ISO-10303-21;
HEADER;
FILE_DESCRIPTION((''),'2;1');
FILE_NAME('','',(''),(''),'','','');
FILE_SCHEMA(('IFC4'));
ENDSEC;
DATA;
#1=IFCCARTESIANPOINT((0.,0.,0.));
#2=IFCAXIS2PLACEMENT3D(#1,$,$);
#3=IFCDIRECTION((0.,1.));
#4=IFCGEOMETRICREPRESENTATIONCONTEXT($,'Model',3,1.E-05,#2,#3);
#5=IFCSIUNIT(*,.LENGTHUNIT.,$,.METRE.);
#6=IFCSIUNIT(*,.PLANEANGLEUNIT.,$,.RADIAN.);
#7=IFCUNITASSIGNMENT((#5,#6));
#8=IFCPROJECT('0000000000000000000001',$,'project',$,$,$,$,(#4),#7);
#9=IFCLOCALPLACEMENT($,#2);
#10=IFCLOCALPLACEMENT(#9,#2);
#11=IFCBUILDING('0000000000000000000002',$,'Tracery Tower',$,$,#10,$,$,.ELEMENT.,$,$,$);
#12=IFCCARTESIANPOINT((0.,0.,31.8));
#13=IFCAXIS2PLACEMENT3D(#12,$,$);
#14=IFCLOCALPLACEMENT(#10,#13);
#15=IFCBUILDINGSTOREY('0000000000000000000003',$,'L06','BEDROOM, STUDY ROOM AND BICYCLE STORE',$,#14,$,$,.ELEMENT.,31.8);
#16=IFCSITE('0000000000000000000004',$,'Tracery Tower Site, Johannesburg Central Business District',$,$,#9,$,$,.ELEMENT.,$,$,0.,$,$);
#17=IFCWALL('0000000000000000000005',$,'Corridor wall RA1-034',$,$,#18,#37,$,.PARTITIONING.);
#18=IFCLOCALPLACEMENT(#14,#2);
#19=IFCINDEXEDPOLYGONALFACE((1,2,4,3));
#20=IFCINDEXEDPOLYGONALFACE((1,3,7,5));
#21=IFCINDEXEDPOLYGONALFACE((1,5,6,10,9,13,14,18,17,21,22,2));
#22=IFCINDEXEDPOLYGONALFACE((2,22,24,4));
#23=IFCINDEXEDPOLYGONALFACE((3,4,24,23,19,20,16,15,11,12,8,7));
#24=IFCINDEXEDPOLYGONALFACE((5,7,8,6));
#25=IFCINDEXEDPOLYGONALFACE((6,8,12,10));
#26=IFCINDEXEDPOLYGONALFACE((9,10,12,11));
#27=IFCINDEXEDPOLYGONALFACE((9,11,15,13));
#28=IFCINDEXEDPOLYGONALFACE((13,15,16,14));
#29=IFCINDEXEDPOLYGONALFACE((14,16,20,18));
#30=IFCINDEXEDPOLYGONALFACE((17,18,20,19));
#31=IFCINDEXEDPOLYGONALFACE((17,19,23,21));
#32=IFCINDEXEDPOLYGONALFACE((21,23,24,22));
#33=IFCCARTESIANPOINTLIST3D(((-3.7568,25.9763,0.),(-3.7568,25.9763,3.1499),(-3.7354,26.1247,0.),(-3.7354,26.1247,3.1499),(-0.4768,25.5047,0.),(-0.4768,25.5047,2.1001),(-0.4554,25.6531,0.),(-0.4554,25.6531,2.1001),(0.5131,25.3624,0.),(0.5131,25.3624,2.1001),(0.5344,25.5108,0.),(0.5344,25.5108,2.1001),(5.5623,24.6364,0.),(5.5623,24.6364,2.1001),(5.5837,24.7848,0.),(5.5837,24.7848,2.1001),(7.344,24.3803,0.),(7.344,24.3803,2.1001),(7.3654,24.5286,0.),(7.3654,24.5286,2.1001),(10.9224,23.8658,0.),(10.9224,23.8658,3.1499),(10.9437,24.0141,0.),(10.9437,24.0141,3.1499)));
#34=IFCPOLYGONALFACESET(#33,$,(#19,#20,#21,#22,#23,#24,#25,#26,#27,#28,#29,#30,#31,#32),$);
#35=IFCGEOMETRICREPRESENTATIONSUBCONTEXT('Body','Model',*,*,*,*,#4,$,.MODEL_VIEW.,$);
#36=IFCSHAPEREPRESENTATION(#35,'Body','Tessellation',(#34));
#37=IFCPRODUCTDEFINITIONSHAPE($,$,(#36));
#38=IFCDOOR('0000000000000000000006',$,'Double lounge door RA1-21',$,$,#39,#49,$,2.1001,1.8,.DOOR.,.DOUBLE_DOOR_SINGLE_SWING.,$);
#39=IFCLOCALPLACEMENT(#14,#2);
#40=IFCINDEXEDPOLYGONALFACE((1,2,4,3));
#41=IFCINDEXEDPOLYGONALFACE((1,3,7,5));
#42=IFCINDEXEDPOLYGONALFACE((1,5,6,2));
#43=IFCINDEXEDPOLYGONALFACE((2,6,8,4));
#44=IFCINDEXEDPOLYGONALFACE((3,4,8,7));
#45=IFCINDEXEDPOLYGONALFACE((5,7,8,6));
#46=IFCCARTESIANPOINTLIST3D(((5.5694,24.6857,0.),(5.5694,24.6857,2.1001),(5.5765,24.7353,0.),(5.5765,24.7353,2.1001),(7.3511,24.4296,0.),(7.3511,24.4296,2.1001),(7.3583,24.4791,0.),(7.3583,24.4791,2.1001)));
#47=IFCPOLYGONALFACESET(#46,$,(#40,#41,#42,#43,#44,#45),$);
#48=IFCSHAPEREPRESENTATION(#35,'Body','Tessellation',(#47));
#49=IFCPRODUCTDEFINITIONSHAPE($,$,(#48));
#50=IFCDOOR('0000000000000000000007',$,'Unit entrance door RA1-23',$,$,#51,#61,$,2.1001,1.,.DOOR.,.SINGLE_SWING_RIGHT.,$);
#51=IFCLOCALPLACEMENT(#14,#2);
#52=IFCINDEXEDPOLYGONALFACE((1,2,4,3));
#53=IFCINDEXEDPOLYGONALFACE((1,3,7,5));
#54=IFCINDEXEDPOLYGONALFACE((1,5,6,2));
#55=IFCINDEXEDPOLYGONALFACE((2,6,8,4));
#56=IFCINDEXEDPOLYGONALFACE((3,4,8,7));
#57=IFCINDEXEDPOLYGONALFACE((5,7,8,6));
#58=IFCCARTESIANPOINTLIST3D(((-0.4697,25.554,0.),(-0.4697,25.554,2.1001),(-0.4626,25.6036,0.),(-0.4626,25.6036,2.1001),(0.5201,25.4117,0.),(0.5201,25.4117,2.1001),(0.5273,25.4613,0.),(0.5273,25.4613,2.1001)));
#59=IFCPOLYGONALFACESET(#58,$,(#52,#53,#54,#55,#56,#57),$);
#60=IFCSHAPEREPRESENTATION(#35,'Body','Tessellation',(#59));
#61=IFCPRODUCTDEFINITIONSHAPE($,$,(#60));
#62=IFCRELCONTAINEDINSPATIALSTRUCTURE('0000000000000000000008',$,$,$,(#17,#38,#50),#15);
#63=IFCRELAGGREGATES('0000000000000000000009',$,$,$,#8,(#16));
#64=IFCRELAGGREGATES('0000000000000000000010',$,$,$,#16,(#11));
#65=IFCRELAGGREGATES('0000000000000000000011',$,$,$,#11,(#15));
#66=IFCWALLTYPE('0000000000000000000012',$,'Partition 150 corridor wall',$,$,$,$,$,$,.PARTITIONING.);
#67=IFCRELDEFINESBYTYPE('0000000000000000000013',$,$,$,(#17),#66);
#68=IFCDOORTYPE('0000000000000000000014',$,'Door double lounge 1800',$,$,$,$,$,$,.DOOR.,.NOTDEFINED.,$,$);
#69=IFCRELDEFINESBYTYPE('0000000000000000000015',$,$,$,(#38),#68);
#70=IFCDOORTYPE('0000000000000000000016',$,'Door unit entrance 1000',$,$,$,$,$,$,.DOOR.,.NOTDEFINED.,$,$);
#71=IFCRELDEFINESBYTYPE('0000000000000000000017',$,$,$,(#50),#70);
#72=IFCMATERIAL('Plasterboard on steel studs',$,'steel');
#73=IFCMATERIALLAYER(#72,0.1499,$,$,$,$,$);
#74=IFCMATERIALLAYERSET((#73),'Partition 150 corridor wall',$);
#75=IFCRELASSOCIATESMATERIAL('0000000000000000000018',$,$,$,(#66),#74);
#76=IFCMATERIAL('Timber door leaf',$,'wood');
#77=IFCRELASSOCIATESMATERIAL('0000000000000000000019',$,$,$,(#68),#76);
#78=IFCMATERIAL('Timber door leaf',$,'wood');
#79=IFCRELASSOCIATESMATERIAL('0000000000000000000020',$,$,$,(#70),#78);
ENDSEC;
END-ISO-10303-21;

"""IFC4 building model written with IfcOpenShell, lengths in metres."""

from ifc_helpers import new_model, si_unit, direction, frame, frame_2d, origin, place, context, subcontext, project, spatial, rectangle, extrude, material, layer, layer_set, type_object, element, fill, save


model = new_model("IFC4")

# Units and contexts
model_context = context("Model", 3, precision=1e-05, world=origin(), true_north=direction((0.0, 1.0)))
body_context = subcontext(model_context, "Body", "Model", "MODEL_VIEW")
ifc_project = project(units=[si_unit("LENGTHUNIT", "METRE"), si_unit("PLANEANGLEUNIT", "RADIAN")], contexts=[model_context])

# Site, building, storey
site_placement = place(None, origin())
site = spatial("IfcSite", under=ifc_project, at=site_placement, Name="Tracery Tower Site, Johannesburg Central Business District", CompositionType="ELEMENT", RefElevation=0.0)
building_placement = place(site_placement, origin())
building = spatial("IfcBuilding", under=site, at=building_placement, Name="Tracery Tower", CompositionType="ELEMENT")
storey_placement = place(building_placement, frame((0.0, 0.0, 31.8)))
storey = spatial("IfcBuildingStorey", under=building, at=storey_placement, Name="L06", Description="BEDROOM, STUDY ROOM AND BICYCLE STORE", CompositionType="ELEMENT", Elevation=31.8)

# Shared definitions
ifc_material_1 = material(Name="Plasterboard on steel studs", Category="steel")
ifc_layer_1 = layer(ifc_material_1, 0.1499)
ifc_layer_set_1 = layer_set([ifc_layer_1], Name="Partition 150 corridor wall")
wall_type_1 = type_object("IfcWallType", Name="Partition 150 corridor wall", PredefinedType="PARTITIONING", material=ifc_layer_set_1)

# Wall, openings, doors
wall_1_placement = place(storey_placement, frame((-3.7461, 26.0505, 0.0), z_axis=(0.0, 0.0, 1.0), x_axis=(0.989821, -0.142318, 0.0)))
wall_1 = element("IfcWall", 1, at=wall_1_placement, inside=storey, type_object=wall_type_1, Name="Corridor wall RA1-034", PredefinedType="PARTITIONING", context=body_context, shape_type="SweptSolid", body=[
    extrude(rectangle(XDim=14.8301, YDim=0.1499, at=frame_2d((7.415, 0.0))), origin(), (0.0, 0.0, 1.0), 3.1499),
])
opening_1_placement = place(wall_1_placement, frame((9.415, 0.0, 0.0)))
opening_1 = element("IfcOpeningElement", 2, at=opening_1_placement, cuts=wall_1, PredefinedType="OPENING", context=body_context, shape_type="SweptSolid", body=[
    extrude(rectangle(XDim=1.8, YDim=2.1001, at=frame_2d((0.8999, 1.05))), frame((0.0, 0.075, 0.0), z_axis=(0.0, -1.0, 0.0), x_axis=(1.0, 0.0, 0.0)), (0.0, 0.0, 1.0), 0.1499),
])
opening_2_placement = place(wall_1_placement, frame((3.3137, 0.0, 0.0)))
opening_2 = element("IfcOpeningElement", 3, at=opening_2_placement, cuts=wall_1, PredefinedType="OPENING", context=body_context, shape_type="SweptSolid", body=[
    extrude(rectangle(XDim=1.0, YDim=2.1001, at=frame_2d((0.5, 1.05))), frame((0.0, 0.075, 0.0), z_axis=(0.0, -1.0, 0.0), x_axis=(1.0, 0.0, 0.0)), (0.0, 0.0, 1.0), 0.1499),
])
ifc_material_2 = material(Name="Timber door leaf", Category="wood")
door_type_1 = type_object("IfcDoorType", Name="Door double lounge 1800", OperationType="NOTDEFINED", PredefinedType="DOOR", material=ifc_material_2)
door_1_placement = place(opening_1_placement, origin())
door_1 = element("IfcDoor", 4, at=door_1_placement, inside=storey, type_object=door_type_1, Name="Double lounge door RA1-21", OperationType="DOUBLE_DOOR_SINGLE_SWING", OverallHeight=2.1001, OverallWidth=1.8, PredefinedType="DOOR", context=body_context, shape_type="SweptSolid", body=[
    extrude(rectangle(XDim=1.8, YDim=2.1001, at=frame_2d((0.8999, 1.05))), frame((0.0, 0.0249, 0.0), z_axis=(0.0, -1.0, 0.0), x_axis=(1.0, 0.0, 0.0)), (0.0, 0.0, 1.0), 0.05),
])
fill(opening_1, door_1)
ifc_material_3 = material(Name="Timber door leaf", Category="wood")
door_type_2 = type_object("IfcDoorType", Name="Door unit entrance 1000", OperationType="NOTDEFINED", PredefinedType="DOOR", material=ifc_material_3)
door_2_placement = place(opening_2_placement, origin())
door_2 = element("IfcDoor", 5, at=door_2_placement, inside=storey, type_object=door_type_2, Name="Unit entrance door RA1-23", OperationType="SINGLE_SWING_RIGHT", OverallHeight=2.1001, OverallWidth=1.0, PredefinedType="DOOR", context=body_context, shape_type="SweptSolid", body=[
    extrude(rectangle(XDim=1.0, YDim=2.1001, at=frame_2d((0.5, 1.05))), frame((0.0, 0.0249, 0.0), z_axis=(0.0, -1.0, 0.0), x_axis=(1.0, 0.0, 0.0)), (0.0, 0.0, 1.0), 0.05),
])
fill(opening_2, door_2)

save(model, "model.ifc")
